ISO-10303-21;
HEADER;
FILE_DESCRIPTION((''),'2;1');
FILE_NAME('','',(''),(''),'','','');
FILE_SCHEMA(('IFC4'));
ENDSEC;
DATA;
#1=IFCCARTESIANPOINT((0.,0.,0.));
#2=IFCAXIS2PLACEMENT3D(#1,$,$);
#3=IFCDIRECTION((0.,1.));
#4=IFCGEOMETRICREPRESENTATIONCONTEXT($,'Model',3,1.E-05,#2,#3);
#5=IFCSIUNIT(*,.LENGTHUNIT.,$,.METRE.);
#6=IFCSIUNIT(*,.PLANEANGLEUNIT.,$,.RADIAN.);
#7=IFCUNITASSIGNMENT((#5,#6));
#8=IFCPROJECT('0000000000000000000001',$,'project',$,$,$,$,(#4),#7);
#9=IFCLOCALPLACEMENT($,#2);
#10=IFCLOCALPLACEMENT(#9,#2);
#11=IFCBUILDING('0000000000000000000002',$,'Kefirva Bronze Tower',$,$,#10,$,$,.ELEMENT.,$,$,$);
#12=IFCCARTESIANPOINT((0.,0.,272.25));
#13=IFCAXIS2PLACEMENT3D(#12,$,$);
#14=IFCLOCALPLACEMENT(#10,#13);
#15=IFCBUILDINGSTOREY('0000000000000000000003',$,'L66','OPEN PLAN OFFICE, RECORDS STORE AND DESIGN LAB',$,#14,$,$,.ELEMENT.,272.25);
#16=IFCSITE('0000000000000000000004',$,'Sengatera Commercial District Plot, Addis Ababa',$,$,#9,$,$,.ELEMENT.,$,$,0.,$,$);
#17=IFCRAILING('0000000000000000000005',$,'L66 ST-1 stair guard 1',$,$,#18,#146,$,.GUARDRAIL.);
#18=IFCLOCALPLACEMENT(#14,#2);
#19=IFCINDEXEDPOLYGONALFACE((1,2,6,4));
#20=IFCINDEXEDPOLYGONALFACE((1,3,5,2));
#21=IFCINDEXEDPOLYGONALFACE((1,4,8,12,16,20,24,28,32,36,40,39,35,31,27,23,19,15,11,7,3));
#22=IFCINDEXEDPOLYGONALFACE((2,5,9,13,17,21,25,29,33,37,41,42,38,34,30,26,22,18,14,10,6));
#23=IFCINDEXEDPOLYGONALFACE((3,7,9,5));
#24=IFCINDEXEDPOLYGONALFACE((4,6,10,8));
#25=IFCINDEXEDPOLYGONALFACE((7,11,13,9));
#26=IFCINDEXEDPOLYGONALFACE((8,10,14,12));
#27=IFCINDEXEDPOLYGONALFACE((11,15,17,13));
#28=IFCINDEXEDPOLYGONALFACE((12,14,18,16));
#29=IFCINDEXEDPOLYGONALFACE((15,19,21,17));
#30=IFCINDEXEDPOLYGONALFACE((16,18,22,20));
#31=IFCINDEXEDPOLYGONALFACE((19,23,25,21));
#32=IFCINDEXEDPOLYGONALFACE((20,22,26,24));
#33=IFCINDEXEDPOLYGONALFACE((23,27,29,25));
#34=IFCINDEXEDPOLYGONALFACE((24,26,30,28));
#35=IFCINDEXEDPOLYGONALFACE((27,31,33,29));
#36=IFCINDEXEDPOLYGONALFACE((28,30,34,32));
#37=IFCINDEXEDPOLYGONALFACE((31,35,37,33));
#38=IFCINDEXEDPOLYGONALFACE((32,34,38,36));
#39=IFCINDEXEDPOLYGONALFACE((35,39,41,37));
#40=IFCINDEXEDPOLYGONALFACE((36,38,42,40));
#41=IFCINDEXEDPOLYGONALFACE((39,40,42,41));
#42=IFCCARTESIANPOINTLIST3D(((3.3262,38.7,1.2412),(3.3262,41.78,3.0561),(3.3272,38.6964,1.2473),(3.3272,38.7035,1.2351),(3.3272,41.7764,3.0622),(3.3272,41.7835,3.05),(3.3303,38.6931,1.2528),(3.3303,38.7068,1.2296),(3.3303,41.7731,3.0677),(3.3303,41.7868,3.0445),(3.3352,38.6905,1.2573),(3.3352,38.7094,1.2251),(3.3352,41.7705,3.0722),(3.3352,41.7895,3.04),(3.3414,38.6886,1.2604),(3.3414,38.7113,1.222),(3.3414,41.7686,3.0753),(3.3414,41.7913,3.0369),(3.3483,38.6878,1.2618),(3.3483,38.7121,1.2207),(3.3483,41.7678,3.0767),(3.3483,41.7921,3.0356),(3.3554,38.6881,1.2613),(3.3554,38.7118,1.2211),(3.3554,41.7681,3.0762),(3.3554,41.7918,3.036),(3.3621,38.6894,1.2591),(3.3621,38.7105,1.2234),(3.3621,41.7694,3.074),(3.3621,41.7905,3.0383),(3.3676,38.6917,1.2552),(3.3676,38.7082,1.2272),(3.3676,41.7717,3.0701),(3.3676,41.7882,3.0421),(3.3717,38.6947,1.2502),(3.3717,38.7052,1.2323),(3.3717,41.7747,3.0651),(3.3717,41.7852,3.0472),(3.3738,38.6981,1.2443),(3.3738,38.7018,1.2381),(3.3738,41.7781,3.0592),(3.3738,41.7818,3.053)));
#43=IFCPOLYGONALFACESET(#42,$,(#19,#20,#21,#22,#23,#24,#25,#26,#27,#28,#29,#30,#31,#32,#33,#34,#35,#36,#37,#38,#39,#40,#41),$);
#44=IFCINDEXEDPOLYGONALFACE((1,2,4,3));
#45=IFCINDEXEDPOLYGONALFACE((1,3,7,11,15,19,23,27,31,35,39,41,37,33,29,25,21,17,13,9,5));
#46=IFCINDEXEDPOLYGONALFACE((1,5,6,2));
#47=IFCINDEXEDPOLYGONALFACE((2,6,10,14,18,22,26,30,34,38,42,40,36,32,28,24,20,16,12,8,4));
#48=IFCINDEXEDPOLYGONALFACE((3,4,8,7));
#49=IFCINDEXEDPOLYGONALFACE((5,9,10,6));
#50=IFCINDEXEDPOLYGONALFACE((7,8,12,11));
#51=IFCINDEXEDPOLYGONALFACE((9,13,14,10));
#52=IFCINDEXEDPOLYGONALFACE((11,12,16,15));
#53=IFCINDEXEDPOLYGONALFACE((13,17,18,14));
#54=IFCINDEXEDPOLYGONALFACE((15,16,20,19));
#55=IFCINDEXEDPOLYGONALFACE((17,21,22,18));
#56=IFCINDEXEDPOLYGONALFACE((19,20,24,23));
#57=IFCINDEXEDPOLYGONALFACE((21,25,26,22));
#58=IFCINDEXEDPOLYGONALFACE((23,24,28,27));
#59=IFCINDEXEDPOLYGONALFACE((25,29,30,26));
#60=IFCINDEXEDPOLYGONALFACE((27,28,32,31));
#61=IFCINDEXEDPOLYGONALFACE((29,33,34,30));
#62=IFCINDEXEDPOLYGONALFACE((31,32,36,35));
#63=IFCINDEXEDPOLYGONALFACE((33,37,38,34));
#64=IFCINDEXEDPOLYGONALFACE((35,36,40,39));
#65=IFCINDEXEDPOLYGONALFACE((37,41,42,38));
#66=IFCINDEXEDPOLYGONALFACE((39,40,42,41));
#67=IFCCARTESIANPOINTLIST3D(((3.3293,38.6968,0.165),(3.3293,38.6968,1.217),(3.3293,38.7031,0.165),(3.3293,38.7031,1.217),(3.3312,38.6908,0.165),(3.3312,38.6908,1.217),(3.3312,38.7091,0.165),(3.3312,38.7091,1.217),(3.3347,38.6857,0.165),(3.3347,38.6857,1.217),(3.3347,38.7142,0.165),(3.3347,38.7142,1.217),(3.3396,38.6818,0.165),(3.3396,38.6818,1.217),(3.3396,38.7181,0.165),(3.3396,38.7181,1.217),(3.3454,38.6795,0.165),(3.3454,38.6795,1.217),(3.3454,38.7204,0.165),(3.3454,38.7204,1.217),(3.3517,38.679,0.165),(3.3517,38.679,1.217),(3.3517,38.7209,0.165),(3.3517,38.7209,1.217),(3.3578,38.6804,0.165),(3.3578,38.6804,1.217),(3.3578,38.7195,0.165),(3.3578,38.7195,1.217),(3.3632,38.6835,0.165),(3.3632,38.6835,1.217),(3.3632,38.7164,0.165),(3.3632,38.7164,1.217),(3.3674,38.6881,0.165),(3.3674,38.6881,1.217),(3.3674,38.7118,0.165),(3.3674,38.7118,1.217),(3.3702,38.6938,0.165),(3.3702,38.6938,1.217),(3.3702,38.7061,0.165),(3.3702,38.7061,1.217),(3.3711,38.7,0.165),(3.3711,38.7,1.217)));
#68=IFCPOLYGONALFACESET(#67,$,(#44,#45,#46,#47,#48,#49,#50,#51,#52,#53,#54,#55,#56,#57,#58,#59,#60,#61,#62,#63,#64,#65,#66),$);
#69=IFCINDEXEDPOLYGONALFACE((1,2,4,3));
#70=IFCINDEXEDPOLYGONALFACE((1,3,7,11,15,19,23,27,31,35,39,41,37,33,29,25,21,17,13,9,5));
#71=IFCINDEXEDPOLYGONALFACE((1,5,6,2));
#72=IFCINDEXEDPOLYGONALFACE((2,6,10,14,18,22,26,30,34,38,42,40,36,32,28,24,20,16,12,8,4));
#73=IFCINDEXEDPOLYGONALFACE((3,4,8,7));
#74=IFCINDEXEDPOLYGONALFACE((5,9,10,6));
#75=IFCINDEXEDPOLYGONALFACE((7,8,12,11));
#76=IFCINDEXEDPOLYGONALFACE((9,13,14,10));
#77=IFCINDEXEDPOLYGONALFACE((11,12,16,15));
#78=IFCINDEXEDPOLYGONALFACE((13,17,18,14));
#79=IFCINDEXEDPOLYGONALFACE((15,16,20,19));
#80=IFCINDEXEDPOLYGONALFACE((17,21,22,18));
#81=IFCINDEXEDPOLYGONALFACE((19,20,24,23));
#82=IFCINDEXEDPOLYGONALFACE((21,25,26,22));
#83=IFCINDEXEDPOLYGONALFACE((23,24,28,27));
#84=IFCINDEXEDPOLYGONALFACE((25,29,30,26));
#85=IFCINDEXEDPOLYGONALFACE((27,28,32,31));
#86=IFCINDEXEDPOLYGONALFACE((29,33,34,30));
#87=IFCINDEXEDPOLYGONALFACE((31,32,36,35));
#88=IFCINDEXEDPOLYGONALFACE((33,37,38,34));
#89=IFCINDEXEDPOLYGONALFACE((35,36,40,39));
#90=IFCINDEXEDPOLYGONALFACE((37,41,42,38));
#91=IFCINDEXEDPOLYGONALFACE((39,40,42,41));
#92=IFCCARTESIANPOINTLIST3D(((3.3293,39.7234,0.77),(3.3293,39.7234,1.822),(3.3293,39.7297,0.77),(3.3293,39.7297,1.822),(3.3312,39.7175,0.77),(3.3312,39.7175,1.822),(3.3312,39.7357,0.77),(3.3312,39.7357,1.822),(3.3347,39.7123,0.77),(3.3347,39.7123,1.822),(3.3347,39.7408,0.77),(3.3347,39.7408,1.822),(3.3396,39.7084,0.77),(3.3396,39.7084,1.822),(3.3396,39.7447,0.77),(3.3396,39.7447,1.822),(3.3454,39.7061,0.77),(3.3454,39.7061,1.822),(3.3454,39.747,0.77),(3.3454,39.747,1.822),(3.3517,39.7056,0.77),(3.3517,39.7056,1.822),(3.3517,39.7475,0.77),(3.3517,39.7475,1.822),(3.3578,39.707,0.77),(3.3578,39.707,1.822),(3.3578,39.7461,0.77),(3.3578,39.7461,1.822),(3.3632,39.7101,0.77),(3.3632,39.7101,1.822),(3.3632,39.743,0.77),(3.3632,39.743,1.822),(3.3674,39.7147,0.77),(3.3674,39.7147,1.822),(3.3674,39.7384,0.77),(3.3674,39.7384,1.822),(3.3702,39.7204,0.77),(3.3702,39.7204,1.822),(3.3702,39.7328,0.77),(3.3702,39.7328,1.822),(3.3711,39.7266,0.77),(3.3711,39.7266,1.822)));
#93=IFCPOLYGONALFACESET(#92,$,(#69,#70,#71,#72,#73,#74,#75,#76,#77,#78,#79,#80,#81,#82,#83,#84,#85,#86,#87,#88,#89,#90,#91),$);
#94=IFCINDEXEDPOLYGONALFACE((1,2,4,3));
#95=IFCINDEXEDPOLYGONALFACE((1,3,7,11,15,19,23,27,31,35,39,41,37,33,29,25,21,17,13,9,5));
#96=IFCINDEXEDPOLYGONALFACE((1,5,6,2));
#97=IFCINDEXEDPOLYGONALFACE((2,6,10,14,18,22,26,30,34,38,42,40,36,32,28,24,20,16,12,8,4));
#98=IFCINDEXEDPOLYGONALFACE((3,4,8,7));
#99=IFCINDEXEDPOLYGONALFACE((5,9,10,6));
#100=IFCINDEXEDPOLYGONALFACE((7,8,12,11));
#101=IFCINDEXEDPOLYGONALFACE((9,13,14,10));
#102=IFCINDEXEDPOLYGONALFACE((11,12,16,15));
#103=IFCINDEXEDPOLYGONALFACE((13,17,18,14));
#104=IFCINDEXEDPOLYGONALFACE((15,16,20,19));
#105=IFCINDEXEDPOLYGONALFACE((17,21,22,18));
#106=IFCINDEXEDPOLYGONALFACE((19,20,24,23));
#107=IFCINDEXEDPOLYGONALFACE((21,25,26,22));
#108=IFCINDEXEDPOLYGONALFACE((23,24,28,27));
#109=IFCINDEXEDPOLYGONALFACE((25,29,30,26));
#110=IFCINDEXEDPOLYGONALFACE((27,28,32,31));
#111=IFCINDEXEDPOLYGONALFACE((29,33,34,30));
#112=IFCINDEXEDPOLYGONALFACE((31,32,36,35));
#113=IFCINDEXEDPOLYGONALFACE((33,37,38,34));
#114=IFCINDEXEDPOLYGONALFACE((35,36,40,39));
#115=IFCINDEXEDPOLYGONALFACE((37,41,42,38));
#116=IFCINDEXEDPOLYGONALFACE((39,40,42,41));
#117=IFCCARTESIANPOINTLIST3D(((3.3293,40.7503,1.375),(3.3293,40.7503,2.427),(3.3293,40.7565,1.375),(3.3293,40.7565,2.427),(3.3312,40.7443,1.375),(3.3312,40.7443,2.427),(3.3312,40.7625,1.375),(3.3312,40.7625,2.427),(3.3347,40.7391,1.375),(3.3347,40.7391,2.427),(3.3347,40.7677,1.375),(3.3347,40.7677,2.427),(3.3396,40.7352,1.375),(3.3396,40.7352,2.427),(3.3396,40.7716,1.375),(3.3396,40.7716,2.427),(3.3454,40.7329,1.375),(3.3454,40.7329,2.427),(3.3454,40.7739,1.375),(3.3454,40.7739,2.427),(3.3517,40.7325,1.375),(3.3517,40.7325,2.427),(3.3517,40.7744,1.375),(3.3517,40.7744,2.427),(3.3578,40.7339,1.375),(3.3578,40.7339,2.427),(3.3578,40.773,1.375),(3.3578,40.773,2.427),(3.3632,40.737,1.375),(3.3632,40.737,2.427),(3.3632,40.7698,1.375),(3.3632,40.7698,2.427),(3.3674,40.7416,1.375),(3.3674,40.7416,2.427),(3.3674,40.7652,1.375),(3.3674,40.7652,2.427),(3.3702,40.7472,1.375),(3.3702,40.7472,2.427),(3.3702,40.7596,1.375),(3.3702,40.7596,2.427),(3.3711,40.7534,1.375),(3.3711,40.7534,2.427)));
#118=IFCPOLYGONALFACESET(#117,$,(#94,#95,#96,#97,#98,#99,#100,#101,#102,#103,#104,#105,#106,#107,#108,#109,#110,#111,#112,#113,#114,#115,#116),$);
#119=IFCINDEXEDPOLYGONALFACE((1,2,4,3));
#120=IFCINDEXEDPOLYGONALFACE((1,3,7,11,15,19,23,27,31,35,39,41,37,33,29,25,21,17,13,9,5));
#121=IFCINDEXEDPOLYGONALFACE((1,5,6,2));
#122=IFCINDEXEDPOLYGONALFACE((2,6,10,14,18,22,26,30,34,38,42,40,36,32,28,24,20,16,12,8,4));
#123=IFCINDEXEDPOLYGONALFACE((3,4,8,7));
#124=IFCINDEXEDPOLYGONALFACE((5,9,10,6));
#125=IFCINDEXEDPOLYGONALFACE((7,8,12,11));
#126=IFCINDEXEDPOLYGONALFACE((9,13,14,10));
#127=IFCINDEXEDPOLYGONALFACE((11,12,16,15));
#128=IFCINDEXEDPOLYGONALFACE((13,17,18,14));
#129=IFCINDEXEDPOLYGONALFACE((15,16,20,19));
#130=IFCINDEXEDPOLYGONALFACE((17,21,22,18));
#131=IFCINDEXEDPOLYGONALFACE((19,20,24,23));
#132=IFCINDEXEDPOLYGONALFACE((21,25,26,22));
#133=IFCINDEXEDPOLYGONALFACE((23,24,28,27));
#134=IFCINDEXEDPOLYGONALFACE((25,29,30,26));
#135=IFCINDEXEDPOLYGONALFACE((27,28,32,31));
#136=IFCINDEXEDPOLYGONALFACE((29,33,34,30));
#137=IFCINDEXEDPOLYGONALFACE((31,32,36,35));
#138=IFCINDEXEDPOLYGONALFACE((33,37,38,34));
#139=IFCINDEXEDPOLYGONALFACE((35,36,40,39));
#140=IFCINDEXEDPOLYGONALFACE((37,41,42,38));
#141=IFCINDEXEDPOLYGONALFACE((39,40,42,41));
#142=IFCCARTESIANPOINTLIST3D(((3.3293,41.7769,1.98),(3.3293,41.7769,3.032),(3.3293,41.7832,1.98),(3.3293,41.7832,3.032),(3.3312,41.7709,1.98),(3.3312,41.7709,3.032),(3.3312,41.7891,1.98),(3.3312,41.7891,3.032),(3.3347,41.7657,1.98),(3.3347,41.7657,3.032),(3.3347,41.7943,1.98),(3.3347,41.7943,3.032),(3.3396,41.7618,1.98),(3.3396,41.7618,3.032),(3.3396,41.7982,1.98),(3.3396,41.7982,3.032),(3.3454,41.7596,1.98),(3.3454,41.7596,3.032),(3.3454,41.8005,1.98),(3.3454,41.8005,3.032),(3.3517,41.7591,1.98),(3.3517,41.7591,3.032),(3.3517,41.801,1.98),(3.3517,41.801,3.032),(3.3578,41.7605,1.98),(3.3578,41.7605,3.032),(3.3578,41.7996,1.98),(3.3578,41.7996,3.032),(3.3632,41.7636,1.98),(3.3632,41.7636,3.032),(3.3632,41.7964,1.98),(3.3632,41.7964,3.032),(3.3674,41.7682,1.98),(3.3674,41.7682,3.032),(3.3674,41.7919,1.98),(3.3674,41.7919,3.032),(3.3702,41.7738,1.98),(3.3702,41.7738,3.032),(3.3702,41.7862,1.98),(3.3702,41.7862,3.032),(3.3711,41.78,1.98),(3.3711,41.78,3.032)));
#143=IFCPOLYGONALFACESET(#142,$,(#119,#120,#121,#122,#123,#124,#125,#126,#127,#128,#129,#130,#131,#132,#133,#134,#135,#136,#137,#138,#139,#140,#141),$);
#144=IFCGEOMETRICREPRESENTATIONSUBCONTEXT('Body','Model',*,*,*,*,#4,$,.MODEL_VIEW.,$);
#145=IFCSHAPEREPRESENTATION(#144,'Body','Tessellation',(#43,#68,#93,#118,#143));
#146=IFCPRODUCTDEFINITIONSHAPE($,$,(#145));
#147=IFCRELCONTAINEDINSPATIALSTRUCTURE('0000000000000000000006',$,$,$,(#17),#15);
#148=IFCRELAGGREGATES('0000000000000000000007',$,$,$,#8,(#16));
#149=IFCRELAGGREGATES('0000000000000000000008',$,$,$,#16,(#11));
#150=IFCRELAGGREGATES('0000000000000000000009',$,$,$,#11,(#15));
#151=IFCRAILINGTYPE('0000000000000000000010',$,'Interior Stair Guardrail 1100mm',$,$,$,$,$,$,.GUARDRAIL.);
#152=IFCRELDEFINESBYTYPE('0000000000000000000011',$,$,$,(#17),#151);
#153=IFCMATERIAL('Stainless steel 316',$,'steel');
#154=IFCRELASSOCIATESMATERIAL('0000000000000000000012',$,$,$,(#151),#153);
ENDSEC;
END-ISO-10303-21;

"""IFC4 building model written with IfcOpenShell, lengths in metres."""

from ifc_helpers import new_model, si_unit, direction, frame, origin, origin_2d, place, context, subcontext, project, spatial, circle, extrude, material, type_object, element, save


model = new_model("IFC4")

# Units and contexts
model_context = context("Model", 3, precision=1e-05, world=origin(), true_north=direction((0.0, 1.0)))
body_context = subcontext(model_context, "Body", "Model", "MODEL_VIEW")
ifc_project = project(units=[si_unit("LENGTHUNIT", "METRE"), si_unit("PLANEANGLEUNIT", "RADIAN")], contexts=[model_context])

# Site, building, storey
site_placement = place(None, origin())
site = spatial("IfcSite", under=ifc_project, at=site_placement, Name="Sengatera Commercial District Plot, Addis Ababa", CompositionType="ELEMENT", RefElevation=0.0)
building_placement = place(site_placement, origin())
building = spatial("IfcBuilding", under=site, at=building_placement, Name="Kefirva Bronze Tower", CompositionType="ELEMENT")
storey_placement = place(building_placement, frame((0.0, 0.0, 272.25)))
storey = spatial("IfcBuildingStorey", under=building, at=storey_placement, Name="L66", Description="OPEN PLAN OFFICE, RECORDS STORE AND DESIGN LAB", CompositionType="ELEMENT", Elevation=272.25)

# Railing
ifc_material_1 = material(Name="Stainless steel 316", Category="steel")
railing_type_1 = type_object("IfcRailingType", Name="Interior Stair Guardrail 1100mm", PredefinedType="GUARDRAIL", material=ifc_material_1)
railing_1_placement = place(storey_placement, frame((3.3501, 38.7, 0.165)))
element("IfcRailing", 1, at=railing_1_placement, inside=storey, type_object=railing_type_1, Name="L66 ST-1 stair guard 1", PredefinedType="GUARDRAIL", context=body_context, shape_type="SweptSolid", body=[
    extrude(circle(Radius=0.0239, at=origin_2d()), frame((0.0, 0.0, 1.0762), z_axis=(0.0, 0.861551, 0.507671), x_axis=(-1.0, 0.0, 0.0)), (0.0, 0.0, 1.0), 3.575),
    extrude(circle(Radius=0.021, at=origin_2d()), origin(), (0.0, 0.0, 1.0), 1.052),
    extrude(circle(Radius=0.021, at=origin_2d()), frame((0.0, 1.0266, 0.605)), (0.0, 0.0, 1.0), 1.052),
    extrude(circle(Radius=0.021, at=origin_2d()), frame((0.0, 2.0535, 1.21)), (0.0, 0.0, 1.0), 1.052),
    extrude(circle(Radius=0.021, at=origin_2d()), frame((0.0, 3.0801, 1.8149)), (0.0, 0.0, 1.0), 1.052),
])

save(model, "model.ifc")
